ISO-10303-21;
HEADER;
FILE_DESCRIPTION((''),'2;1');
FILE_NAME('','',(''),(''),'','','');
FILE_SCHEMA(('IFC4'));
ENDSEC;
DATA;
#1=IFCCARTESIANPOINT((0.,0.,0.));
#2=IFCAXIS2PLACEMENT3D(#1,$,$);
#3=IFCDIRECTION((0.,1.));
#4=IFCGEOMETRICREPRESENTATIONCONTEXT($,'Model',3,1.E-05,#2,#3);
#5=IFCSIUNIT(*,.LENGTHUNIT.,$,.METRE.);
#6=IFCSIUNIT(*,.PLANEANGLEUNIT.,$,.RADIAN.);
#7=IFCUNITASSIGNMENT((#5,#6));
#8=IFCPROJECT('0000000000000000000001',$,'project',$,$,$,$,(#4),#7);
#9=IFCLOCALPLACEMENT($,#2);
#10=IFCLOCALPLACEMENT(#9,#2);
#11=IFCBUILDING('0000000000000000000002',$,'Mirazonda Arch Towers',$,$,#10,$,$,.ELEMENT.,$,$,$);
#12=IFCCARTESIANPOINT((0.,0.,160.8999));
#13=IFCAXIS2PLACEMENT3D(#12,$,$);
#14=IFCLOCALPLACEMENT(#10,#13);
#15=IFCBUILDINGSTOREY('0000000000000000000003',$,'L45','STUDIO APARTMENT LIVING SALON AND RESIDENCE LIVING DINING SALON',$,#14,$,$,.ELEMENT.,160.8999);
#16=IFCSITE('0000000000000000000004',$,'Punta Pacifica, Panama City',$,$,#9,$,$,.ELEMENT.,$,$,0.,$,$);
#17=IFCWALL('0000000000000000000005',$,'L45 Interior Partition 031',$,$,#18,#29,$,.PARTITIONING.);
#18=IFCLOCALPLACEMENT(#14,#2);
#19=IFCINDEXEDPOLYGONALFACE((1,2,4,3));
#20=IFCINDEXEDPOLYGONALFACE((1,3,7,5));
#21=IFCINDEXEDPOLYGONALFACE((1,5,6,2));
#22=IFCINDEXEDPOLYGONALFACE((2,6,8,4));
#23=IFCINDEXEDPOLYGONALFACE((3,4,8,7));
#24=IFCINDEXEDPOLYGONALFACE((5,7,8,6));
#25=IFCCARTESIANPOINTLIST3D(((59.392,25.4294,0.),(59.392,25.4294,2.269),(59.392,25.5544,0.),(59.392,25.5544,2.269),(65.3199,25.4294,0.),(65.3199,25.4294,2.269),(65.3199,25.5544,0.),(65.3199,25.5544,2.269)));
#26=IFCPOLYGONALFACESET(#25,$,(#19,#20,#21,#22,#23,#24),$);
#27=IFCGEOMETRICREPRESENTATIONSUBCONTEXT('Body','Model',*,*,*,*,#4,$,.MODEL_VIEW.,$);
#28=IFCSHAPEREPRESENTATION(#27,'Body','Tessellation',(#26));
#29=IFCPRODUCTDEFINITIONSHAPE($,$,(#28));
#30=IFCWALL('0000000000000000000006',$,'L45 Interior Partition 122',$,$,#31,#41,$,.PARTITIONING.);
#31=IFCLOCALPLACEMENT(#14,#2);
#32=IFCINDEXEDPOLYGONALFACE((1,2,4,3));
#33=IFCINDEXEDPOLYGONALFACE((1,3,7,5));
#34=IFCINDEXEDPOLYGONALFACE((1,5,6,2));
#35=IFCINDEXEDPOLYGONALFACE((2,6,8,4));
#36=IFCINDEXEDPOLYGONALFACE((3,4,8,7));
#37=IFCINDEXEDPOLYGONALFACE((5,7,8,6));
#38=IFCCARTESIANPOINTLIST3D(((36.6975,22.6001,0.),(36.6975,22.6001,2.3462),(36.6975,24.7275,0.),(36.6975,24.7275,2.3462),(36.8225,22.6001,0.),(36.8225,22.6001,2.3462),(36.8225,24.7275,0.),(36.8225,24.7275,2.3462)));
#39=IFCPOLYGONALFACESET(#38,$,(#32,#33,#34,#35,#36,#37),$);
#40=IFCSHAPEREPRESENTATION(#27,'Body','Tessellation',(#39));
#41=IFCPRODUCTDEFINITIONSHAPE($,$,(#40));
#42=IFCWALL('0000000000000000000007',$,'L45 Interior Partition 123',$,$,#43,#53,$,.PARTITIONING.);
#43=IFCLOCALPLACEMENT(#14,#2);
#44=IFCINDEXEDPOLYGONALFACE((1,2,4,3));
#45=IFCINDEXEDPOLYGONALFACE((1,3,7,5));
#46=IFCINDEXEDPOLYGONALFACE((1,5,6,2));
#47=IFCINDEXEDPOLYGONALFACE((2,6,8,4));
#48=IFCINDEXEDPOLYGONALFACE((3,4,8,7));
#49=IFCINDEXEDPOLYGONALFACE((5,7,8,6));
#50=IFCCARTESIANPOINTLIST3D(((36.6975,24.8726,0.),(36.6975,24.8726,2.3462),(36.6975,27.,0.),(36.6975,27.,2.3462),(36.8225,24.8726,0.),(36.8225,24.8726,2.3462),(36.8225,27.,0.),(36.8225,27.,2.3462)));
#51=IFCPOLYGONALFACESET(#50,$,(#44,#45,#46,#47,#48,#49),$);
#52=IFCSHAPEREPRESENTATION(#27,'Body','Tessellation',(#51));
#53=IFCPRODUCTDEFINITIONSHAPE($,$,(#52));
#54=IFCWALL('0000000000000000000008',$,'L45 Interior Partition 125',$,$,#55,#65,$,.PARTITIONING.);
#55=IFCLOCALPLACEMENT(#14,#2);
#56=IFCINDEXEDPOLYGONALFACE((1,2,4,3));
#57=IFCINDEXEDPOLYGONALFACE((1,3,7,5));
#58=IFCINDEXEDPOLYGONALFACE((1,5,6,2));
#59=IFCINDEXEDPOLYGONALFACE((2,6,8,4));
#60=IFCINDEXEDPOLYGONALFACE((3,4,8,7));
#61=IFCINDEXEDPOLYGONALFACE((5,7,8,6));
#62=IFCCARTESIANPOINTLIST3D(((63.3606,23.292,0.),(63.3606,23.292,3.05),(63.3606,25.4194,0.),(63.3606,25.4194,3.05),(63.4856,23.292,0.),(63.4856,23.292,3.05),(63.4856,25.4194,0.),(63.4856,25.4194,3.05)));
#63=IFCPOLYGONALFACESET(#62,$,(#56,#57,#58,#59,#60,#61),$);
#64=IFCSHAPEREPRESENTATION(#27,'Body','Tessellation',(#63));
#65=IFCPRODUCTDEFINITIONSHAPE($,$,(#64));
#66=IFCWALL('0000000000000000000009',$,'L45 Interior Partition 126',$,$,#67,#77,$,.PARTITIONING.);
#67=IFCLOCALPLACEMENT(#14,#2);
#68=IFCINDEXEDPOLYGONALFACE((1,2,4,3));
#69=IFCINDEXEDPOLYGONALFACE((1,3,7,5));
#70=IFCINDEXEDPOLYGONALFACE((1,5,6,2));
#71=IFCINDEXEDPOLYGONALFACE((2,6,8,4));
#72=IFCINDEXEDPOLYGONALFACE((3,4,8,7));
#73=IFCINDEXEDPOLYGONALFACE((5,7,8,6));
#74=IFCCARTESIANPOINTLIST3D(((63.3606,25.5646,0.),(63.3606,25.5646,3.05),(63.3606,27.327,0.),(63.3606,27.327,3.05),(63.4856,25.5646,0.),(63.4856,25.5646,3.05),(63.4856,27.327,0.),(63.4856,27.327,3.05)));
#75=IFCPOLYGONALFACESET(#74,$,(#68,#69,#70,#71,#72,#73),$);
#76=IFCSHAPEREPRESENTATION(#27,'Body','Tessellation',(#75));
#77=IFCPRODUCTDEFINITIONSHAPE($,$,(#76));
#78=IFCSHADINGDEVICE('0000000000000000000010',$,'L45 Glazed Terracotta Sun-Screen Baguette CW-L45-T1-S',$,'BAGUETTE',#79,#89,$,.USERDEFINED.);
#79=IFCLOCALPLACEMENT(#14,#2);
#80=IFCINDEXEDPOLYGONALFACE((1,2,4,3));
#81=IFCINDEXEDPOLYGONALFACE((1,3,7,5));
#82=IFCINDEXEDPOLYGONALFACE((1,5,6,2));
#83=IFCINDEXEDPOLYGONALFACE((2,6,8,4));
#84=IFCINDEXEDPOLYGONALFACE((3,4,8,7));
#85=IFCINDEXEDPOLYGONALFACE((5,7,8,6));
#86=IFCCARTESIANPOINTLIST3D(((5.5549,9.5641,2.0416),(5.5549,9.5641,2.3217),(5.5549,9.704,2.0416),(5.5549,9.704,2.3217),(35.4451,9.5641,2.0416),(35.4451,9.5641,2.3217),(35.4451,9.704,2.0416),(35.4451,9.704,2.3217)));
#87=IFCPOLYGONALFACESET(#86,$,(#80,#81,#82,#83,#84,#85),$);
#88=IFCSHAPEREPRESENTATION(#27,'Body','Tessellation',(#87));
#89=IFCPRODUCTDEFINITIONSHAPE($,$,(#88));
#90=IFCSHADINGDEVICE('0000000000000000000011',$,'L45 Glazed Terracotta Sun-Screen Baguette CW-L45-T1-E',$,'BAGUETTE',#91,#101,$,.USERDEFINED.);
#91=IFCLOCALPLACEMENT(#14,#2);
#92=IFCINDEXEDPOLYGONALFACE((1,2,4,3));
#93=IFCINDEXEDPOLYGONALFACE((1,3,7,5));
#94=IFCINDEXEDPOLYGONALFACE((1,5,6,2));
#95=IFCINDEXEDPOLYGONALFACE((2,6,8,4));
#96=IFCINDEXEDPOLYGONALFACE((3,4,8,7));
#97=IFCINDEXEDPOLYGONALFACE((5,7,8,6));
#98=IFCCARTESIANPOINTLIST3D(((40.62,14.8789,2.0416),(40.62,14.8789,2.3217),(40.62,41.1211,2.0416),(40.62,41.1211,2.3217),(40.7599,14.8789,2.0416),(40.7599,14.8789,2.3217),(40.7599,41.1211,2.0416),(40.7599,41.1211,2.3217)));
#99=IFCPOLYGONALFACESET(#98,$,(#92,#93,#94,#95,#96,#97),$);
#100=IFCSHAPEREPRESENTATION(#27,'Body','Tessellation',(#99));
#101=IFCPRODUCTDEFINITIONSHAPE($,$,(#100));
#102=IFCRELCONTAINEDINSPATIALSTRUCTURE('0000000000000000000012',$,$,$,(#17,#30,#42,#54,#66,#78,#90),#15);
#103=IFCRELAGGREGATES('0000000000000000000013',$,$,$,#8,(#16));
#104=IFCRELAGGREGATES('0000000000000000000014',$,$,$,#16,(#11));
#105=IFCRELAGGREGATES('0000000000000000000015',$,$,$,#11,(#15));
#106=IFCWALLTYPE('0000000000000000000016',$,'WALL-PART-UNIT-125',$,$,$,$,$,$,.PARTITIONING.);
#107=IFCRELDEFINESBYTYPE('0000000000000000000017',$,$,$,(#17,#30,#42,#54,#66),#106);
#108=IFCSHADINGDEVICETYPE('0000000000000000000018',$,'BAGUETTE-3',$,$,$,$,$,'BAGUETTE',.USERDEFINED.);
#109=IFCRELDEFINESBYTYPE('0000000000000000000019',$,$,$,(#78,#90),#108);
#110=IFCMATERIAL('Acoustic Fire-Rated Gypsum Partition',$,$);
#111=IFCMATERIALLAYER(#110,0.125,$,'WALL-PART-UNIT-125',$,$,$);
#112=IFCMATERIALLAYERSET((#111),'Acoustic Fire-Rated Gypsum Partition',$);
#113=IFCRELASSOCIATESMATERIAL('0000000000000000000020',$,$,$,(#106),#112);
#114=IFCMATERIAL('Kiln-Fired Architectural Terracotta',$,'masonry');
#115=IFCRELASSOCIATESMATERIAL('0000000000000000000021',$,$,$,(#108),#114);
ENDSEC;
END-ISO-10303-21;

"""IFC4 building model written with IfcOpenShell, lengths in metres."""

from ifc_helpers import new_model, si_unit, direction, frame, frame_2d, origin, origin_2d, place, context, subcontext, project, spatial, rectangle, extrude, material, layer, layer_set, material_profile, profile_set, type_object, element, save


model = new_model("IFC4")

# Units and contexts
model_context = context("Model", 3, precision=1e-05, world=origin(), true_north=direction((0.0, 1.0)))
body_context = subcontext(model_context, "Body", "Model", "MODEL_VIEW")
ifc_project = project(units=[si_unit("LENGTHUNIT", "METRE"), si_unit("PLANEANGLEUNIT", "RADIAN")], contexts=[model_context])

# Site, building, storey
site_placement = place(None, origin())
site = spatial("IfcSite", under=ifc_project, at=site_placement, Name="Punta Pacifica, Panama City", CompositionType="ELEMENT", RefElevation=0.0)
building_placement = place(site_placement, origin())
building = spatial("IfcBuilding", under=site, at=building_placement, Name="Mirazonda Arch Towers", CompositionType="ELEMENT")
storey_placement = place(building_placement, frame((0.0, 0.0, 160.8999)))
storey = spatial("IfcBuildingStorey", under=building, at=storey_placement, Name="L45", Description="STUDIO APARTMENT LIVING SALON AND RESIDENCE LIVING DINING SALON", CompositionType="ELEMENT", Elevation=160.8999)

# Walls
ifc_material_1 = material(Name="Acoustic Fire-Rated Gypsum Partition")
ifc_layer_1 = layer(ifc_material_1, 0.125, Name="WALL-PART-UNIT-125")
ifc_layer_set_1 = layer_set([ifc_layer_1], Name="Acoustic Fire-Rated Gypsum Partition")
wall_type_1 = type_object("IfcWallType", Name="WALL-PART-UNIT-125", PredefinedType="PARTITIONING", material=ifc_layer_set_1)
wall_1_placement = place(storey_placement, frame((59.3921, 25.4919, 0.0), z_axis=(0.0, 0.0, 1.0), x_axis=(1.0, 0.0, 0.0)))
element("IfcWall", 1, at=wall_1_placement, inside=storey, type_object=wall_type_1, Name="L45 Interior Partition 031", PredefinedType="PARTITIONING", context=body_context, shape_type="SweptSolid", body=[
    extrude(rectangle(XDim=5.928, YDim=0.125, at=frame_2d((2.9639, 0.0))), origin(), (0.0, 0.0, 1.0), 2.269),
])
for number, where, z_axis, x_axis, name in (
    (2, (36.76, 22.6001, 0.0), (0.0, 0.0, 1.0), (0.0, 1.0, 0.0), "L45 Interior Partition 122"),
    (3, (36.76, 24.8726, 0.0), (0.0, 0.0, 1.0), (0.0, 1.0, 0.0), "L45 Interior Partition 123"),
):
    element("IfcWall", number, at=place(storey_placement, frame(where, z_axis=z_axis, x_axis=x_axis)), inside=storey, type_object=wall_type_1, Name=name, PredefinedType="PARTITIONING", context=body_context, shape_type="SweptSolid", body=[
        extrude(rectangle(XDim=2.1274, YDim=0.125, at=frame_2d((1.0637, 0.0))), origin(), (0.0, 0.0, 1.0), 2.3462),
    ])
wall_2_placement = place(storey_placement, frame((63.4231, 23.292, 0.0), z_axis=(0.0, 0.0, 1.0), x_axis=(0.0, 1.0, 0.0)))
element("IfcWall", 4, at=wall_2_placement, inside=storey, type_object=wall_type_1, Name="L45 Interior Partition 125", PredefinedType="PARTITIONING", context=body_context, shape_type="SweptSolid", body=[
    extrude(rectangle(XDim=2.1274, YDim=0.125, at=frame_2d((1.0637, 0.0))), origin(), (0.0, 0.0, 1.0), 3.05),
])
wall_3_placement = place(storey_placement, frame((63.4231, 25.5645, 0.0), z_axis=(0.0, 0.0, 1.0), x_axis=(0.0, 1.0, 0.0)))
element("IfcWall", 5, at=wall_3_placement, inside=storey, type_object=wall_type_1, Name="L45 Interior Partition 126", PredefinedType="PARTITIONING", context=body_context, shape_type="SweptSolid", body=[
    extrude(rectangle(XDim=1.7625, YDim=0.125, at=frame_2d((0.8813, 0.0))), origin(), (0.0, 0.0, 1.0), 3.05),
])

# Shading devices
ifc_material_2 = material(Name="Kiln-Fired Architectural Terracotta", Category="masonry")
ifc_material_profile_1 = material_profile(ifc_material_2, rectangle(XDim=0.1399, YDim=0.28, at=origin_2d()), Name="TERRA-BAG-140x280")
ifc_profile_set_1 = profile_set([ifc_material_profile_1], Name="Kiln-Fired Architectural Terracotta")
shading_device_type = type_object("IfcShadingDeviceType", Name="BAGUETTE-3", ElementType="BAGUETTE", PredefinedType="USERDEFINED", material=ifc_profile_set_1)
shading_device_1_placement = place(storey_placement, frame((35.4451, 9.634, 2.1816), z_axis=(-1.0, 0.0, 0.0), x_axis=(0.0, -1.0, 0.0)))
element("IfcShadingDevice", 6, at=shading_device_1_placement, inside=storey, type_object=shading_device_type, Name="L45 Glazed Terracotta Sun-Screen Baguette CW-L45-T1-S", ObjectType="BAGUETTE", PredefinedType="USERDEFINED", context=body_context, shape_type="SweptSolid", body=[
    extrude(rectangle(XDim=0.1399, YDim=0.28, at=origin_2d()), origin(), (0.0, 0.0, 1.0), 29.8901),
])
shading_device_2_placement = place(storey_placement, frame((40.6899, 14.8789, 2.1816), z_axis=(0.0, 1.0, 0.0), x_axis=(-1.0, 0.0, 0.0)))
element("IfcShadingDevice", 7, at=shading_device_2_placement, inside=storey, type_object=shading_device_type, Name="L45 Glazed Terracotta Sun-Screen Baguette CW-L45-T1-E", ObjectType="BAGUETTE", PredefinedType="USERDEFINED", context=body_context, shape_type="SweptSolid", body=[
    extrude(rectangle(XDim=0.1399, YDim=0.28, at=origin_2d()), origin(), (0.0, 0.0, 1.0), 26.2422),
])

save(model, "model.ifc")
